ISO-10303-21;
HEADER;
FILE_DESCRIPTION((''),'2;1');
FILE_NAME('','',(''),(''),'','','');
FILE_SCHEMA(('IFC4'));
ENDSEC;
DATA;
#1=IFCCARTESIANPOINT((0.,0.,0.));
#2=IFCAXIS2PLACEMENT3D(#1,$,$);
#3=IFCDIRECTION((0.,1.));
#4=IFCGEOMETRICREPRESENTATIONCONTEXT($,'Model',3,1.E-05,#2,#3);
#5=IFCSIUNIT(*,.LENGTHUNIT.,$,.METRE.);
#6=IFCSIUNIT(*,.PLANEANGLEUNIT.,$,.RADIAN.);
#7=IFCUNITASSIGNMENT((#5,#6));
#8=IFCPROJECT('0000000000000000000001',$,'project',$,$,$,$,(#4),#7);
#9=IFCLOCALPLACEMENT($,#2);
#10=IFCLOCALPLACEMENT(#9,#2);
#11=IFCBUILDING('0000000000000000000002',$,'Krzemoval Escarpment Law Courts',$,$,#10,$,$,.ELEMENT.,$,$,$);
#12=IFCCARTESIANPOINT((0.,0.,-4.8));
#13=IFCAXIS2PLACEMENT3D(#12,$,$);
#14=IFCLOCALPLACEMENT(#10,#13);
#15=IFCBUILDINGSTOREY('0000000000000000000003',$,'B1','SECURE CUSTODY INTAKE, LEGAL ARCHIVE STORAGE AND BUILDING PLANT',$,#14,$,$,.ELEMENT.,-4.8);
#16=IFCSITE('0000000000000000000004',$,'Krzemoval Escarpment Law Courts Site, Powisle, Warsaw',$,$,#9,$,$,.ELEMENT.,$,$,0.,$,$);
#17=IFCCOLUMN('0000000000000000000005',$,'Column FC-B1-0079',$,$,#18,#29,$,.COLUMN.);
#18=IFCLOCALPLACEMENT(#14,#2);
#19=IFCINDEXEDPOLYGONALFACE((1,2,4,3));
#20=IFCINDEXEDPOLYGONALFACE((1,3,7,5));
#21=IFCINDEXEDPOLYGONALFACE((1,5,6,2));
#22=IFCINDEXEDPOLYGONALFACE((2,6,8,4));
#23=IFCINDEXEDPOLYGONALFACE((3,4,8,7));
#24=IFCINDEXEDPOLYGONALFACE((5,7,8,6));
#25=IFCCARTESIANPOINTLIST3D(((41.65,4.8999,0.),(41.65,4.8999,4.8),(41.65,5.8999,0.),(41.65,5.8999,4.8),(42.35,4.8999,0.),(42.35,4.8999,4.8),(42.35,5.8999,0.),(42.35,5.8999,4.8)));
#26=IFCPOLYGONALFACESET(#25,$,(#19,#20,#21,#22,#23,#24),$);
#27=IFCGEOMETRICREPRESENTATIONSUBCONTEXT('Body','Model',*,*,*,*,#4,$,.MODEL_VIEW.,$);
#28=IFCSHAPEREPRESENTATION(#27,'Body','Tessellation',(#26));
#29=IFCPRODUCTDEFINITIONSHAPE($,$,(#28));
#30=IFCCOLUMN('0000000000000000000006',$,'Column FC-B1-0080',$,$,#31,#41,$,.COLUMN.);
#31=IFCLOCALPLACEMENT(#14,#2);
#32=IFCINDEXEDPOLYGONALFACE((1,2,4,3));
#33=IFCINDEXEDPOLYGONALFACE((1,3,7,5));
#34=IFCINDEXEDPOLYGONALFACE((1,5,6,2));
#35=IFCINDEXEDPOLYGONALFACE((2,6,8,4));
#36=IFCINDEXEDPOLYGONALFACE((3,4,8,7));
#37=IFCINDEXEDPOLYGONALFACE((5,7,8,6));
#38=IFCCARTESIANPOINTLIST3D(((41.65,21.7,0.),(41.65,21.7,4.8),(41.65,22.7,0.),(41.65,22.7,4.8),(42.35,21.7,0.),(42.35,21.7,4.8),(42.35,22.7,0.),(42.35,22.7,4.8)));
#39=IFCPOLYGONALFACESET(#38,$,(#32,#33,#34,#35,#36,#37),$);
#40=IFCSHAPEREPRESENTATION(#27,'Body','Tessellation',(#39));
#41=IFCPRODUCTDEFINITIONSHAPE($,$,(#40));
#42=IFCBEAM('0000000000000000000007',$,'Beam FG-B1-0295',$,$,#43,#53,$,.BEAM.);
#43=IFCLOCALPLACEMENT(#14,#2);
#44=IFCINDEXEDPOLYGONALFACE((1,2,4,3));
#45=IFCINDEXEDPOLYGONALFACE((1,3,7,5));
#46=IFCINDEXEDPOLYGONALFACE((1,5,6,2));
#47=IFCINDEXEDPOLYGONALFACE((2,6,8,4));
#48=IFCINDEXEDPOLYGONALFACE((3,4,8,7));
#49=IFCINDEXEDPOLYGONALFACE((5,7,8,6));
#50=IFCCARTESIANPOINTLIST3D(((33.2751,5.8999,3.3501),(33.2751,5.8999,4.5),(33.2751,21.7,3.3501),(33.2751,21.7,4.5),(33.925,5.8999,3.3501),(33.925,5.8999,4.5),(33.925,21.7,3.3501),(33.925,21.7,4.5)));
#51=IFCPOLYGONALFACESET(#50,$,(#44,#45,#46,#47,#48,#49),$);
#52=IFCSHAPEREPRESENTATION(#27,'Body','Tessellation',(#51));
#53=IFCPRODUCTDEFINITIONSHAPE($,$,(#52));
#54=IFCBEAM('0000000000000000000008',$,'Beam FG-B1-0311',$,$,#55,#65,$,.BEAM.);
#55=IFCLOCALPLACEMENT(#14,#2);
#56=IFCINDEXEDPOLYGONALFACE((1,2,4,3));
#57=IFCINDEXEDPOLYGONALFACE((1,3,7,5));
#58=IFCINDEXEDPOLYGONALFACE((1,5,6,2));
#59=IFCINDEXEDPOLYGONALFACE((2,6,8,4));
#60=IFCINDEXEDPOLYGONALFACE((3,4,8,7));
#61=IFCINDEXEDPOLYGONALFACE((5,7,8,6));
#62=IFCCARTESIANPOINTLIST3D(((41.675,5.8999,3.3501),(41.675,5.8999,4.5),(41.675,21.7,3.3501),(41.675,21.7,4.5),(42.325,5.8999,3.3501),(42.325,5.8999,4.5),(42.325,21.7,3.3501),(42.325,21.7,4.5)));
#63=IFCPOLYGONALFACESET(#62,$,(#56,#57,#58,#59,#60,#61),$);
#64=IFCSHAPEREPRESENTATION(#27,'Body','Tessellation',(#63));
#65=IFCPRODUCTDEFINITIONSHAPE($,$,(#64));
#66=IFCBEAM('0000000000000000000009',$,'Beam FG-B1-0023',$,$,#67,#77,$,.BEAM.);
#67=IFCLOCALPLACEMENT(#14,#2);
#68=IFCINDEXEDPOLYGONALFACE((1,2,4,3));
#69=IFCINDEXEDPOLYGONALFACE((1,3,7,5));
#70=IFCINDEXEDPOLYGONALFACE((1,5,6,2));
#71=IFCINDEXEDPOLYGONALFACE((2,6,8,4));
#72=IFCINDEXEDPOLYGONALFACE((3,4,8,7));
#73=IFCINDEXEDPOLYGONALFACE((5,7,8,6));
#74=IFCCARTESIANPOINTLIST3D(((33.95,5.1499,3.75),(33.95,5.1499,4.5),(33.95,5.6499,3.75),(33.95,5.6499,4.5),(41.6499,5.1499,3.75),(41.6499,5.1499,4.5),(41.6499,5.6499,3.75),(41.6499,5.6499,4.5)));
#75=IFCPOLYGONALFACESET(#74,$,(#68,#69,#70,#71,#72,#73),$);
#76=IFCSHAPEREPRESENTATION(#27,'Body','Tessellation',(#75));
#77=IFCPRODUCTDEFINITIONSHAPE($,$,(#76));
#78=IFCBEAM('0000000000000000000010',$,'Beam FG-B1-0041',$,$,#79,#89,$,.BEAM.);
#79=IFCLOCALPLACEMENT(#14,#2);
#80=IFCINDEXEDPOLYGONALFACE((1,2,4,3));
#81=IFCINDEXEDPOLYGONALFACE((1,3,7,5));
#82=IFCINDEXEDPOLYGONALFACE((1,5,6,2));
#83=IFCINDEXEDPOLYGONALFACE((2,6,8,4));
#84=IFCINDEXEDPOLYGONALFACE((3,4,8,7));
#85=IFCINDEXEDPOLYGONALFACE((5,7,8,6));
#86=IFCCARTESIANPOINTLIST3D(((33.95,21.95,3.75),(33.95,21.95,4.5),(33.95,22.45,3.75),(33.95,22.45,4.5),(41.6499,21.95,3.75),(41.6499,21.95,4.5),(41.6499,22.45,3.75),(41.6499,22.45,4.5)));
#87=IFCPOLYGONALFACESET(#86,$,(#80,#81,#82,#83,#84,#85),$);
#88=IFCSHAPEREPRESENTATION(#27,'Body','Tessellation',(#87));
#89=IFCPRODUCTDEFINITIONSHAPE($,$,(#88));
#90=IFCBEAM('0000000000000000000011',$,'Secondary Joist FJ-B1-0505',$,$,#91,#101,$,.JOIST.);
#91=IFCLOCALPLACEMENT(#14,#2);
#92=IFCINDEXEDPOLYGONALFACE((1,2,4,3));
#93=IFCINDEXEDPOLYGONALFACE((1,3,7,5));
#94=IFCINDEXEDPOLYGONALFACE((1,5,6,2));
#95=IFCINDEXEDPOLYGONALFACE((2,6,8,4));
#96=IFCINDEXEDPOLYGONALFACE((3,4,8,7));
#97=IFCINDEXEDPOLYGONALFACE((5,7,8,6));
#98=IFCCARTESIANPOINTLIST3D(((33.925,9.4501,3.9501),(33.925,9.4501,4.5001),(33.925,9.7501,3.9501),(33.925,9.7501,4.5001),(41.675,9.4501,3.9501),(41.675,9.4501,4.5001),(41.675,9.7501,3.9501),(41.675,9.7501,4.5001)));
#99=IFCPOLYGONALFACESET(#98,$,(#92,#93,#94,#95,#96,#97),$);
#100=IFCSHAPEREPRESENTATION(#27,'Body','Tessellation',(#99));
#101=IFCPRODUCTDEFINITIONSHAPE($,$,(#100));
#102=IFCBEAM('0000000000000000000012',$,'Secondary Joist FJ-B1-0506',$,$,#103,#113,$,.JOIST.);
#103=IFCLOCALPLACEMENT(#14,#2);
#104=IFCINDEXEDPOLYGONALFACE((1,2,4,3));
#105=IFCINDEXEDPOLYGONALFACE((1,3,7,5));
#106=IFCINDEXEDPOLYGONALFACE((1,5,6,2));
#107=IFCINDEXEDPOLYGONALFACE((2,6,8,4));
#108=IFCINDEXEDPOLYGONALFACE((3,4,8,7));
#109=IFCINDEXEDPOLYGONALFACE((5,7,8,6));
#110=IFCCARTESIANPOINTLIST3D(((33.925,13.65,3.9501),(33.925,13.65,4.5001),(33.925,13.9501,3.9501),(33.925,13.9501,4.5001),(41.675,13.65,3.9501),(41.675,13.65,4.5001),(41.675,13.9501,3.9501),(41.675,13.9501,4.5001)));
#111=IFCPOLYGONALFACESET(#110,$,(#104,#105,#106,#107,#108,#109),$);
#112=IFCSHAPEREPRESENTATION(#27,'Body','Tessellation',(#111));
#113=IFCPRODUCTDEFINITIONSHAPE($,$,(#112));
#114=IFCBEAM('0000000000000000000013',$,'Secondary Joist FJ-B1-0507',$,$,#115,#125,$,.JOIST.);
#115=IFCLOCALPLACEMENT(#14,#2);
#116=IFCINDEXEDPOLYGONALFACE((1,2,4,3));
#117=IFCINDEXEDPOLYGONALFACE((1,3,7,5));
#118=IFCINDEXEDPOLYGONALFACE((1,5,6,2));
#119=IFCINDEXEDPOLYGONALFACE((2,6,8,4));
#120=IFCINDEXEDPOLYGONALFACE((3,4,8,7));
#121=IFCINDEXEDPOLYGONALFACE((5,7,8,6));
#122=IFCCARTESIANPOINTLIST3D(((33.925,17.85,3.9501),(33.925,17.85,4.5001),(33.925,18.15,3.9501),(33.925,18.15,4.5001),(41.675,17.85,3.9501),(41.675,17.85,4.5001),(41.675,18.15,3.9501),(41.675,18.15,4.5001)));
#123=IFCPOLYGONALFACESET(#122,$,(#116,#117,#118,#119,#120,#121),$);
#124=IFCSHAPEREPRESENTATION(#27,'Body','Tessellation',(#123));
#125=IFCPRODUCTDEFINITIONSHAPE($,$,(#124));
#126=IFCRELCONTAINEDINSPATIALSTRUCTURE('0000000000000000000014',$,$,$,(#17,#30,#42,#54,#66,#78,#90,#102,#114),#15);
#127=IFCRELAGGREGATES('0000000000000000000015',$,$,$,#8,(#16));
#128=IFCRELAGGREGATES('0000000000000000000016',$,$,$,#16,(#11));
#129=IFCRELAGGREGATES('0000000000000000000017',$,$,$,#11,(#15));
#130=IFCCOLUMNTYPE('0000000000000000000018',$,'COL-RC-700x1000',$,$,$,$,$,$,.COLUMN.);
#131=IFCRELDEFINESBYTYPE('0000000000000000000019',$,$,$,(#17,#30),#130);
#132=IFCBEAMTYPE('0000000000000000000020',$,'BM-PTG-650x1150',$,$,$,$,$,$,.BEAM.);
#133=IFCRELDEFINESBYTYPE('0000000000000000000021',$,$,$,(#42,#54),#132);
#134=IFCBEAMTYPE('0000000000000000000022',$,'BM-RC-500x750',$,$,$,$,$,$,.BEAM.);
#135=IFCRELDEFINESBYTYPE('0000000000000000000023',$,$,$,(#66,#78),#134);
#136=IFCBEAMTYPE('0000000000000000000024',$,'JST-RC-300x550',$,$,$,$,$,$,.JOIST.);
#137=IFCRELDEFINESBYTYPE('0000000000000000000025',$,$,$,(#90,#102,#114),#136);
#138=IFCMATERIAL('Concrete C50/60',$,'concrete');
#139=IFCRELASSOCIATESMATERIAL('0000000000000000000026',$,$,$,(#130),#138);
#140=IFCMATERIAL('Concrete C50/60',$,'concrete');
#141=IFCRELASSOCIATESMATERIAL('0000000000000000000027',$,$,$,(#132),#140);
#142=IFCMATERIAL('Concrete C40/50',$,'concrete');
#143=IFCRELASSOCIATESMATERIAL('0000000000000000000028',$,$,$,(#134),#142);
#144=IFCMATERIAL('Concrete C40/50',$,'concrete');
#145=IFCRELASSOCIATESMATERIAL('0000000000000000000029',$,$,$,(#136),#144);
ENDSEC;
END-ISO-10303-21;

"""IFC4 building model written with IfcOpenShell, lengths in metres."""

from ifc_helpers import new_model, si_unit, direction, frame, origin, origin_2d, place, context, subcontext, project, spatial, rectangle, extrude, material, material_profile, profile_set, type_object, element, save


model = new_model("IFC4")

# Units and contexts
model_context = context("Model", 3, precision=1e-05, world=origin(), true_north=direction((0.0, 1.0)))
body_context = subcontext(model_context, "Body", "Model", "MODEL_VIEW")
ifc_project = project(units=[si_unit("LENGTHUNIT", "METRE"), si_unit("PLANEANGLEUNIT", "RADIAN")], contexts=[model_context])

# Site, building, storey
site_placement = place(None, origin())
site = spatial("IfcSite", under=ifc_project, at=site_placement, Name="Krzemoval Escarpment Law Courts Site, Powisle, Warsaw", CompositionType="ELEMENT", RefElevation=0.0)
building_placement = place(site_placement, origin())
building = spatial("IfcBuilding", under=site, at=building_placement, Name="Krzemoval Escarpment Law Courts", CompositionType="ELEMENT")
storey_placement = place(building_placement, frame((0.0, 0.0, -4.8)))
storey = spatial("IfcBuildingStorey", under=building, at=storey_placement, Name="B1", Description="SECURE CUSTODY INTAKE, LEGAL ARCHIVE STORAGE AND BUILDING PLANT", CompositionType="ELEMENT", Elevation=-4.8)

# Columns
ifc_material_1 = material(Name="Concrete C50/60", Category="concrete")
ifc_material_profile_1 = material_profile(ifc_material_1, rectangle(XDim=0.7, YDim=1.0, at=origin_2d()), Name="RC 700x1000")
ifc_profile_set_1 = profile_set([ifc_material_profile_1], Name="Concrete C50/60")
column_type = type_object("IfcColumnType", Name="COL-RC-700x1000", PredefinedType="COLUMN", material=ifc_profile_set_1)
for number, where, z_axis, x_axis, name in (
    (1, (42.0, 5.3999, 0.0), (0.0, 0.0, 1.0), (1.0, 0.0, 0.0), "Column FC-B1-0079"),
    (2, (42.0, 22.2, 0.0), (0.0, 0.0, 1.0), (1.0, 0.0, 0.0), "Column FC-B1-0080"),
):
    element("IfcColumn", number, at=place(storey_placement, frame(where, z_axis=z_axis, x_axis=x_axis)), inside=storey, type_object=column_type, Name=name, PredefinedType="COLUMN", context=body_context, shape_type="SweptSolid", body=[
        extrude(rectangle(XDim=0.7, YDim=1.0, at=origin_2d()), origin(), (0.0, 0.0, 1.0), 4.8),
    ])

# Beams
ifc_material_2 = material(Name="Concrete C50/60", Category="concrete")
ifc_material_profile_2 = material_profile(ifc_material_2, rectangle(XDim=0.6499, YDim=1.1499, at=origin_2d()), Name="PTG 650x1150")
ifc_profile_set_2 = profile_set([ifc_material_profile_2], Name="Concrete C50/60")
beam_type_1 = type_object("IfcBeamType", Name="BM-PTG-650x1150", PredefinedType="BEAM", material=ifc_profile_set_2)
for number, where, z_axis, x_axis, name in (
    (3, (33.6001, 5.8999, 3.925), (0.0, 1.0, 0.0), (-1.0, 0.0, 0.0), "Beam FG-B1-0295"),
    (4, (42.0, 5.8999, 3.925), (0.0, 1.0, 0.0), (-1.0, 0.0, 0.0), "Beam FG-B1-0311"),
):
    element("IfcBeam", number, at=place(storey_placement, frame(where, z_axis=z_axis, x_axis=x_axis)), inside=storey, type_object=beam_type_1, Name=name, PredefinedType="BEAM", context=body_context, shape_type="SweptSolid", body=[
        extrude(rectangle(XDim=0.6499, YDim=1.1499, at=origin_2d()), origin(), (0.0, 0.0, 1.0), 15.8),
    ])
ifc_material_3 = material(Name="Concrete C40/50", Category="concrete")
ifc_material_profile_3 = material_profile(ifc_material_3, rectangle(XDim=0.5, YDim=0.75, at=origin_2d()), Name="RCB 500x750")
ifc_profile_set_3 = profile_set([ifc_material_profile_3], Name="Concrete C40/50")
beam_type_2 = type_object("IfcBeamType", Name="BM-RC-500x750", PredefinedType="BEAM", material=ifc_profile_set_3)
for number, where, z_axis, x_axis, name in (
    (5, (33.95, 5.3999, 4.125), (1.0, 0.0, 0.0), (0.0, 1.0, 0.0), "Beam FG-B1-0023"),
    (6, (33.95, 22.2, 4.125), (1.0, 0.0, 0.0), (0.0, 1.0, 0.0), "Beam FG-B1-0041"),
):
    element("IfcBeam", number, at=place(storey_placement, frame(where, z_axis=z_axis, x_axis=x_axis)), inside=storey, type_object=beam_type_2, Name=name, PredefinedType="BEAM", context=body_context, shape_type="SweptSolid", body=[
        extrude(rectangle(XDim=0.5, YDim=0.75, at=origin_2d()), origin(), (0.0, 0.0, 1.0), 7.7),
    ])
ifc_material_4 = material(Name="Concrete C40/50", Category="concrete")
ifc_material_profile_4 = material_profile(ifc_material_4, rectangle(XDim=0.3, YDim=0.55, at=origin_2d()), Name="RCB 300x550")
ifc_profile_set_4 = profile_set([ifc_material_profile_4], Name="Concrete C40/50")
beam_type_3 = type_object("IfcBeamType", Name="JST-RC-300x550", PredefinedType="JOIST", material=ifc_profile_set_4)
for number, where, z_axis, x_axis, name in (
    (7, (33.925, 9.6001, 4.2251), (1.0, 0.0, 0.0), (0.0, 1.0, 0.0), "Secondary Joist FJ-B1-0505"),
    (8, (33.925, 13.8, 4.2251), (1.0, 0.0, 0.0), (0.0, 1.0, 0.0), "Secondary Joist FJ-B1-0506"),
    (9, (33.925, 18.0, 4.2251), (1.0, 0.0, 0.0), (0.0, 1.0, 0.0), "Secondary Joist FJ-B1-0507"),
):
    element("IfcBeam", number, at=place(storey_placement, frame(where, z_axis=z_axis, x_axis=x_axis)), inside=storey, type_object=beam_type_3, Name=name, PredefinedType="JOIST", context=body_context, shape_type="SweptSolid", body=[
        extrude(rectangle(XDim=0.3, YDim=0.55, at=origin_2d()), origin(), (0.0, 0.0, 1.0), 7.75),
    ])

save(model, "model.ifc")
